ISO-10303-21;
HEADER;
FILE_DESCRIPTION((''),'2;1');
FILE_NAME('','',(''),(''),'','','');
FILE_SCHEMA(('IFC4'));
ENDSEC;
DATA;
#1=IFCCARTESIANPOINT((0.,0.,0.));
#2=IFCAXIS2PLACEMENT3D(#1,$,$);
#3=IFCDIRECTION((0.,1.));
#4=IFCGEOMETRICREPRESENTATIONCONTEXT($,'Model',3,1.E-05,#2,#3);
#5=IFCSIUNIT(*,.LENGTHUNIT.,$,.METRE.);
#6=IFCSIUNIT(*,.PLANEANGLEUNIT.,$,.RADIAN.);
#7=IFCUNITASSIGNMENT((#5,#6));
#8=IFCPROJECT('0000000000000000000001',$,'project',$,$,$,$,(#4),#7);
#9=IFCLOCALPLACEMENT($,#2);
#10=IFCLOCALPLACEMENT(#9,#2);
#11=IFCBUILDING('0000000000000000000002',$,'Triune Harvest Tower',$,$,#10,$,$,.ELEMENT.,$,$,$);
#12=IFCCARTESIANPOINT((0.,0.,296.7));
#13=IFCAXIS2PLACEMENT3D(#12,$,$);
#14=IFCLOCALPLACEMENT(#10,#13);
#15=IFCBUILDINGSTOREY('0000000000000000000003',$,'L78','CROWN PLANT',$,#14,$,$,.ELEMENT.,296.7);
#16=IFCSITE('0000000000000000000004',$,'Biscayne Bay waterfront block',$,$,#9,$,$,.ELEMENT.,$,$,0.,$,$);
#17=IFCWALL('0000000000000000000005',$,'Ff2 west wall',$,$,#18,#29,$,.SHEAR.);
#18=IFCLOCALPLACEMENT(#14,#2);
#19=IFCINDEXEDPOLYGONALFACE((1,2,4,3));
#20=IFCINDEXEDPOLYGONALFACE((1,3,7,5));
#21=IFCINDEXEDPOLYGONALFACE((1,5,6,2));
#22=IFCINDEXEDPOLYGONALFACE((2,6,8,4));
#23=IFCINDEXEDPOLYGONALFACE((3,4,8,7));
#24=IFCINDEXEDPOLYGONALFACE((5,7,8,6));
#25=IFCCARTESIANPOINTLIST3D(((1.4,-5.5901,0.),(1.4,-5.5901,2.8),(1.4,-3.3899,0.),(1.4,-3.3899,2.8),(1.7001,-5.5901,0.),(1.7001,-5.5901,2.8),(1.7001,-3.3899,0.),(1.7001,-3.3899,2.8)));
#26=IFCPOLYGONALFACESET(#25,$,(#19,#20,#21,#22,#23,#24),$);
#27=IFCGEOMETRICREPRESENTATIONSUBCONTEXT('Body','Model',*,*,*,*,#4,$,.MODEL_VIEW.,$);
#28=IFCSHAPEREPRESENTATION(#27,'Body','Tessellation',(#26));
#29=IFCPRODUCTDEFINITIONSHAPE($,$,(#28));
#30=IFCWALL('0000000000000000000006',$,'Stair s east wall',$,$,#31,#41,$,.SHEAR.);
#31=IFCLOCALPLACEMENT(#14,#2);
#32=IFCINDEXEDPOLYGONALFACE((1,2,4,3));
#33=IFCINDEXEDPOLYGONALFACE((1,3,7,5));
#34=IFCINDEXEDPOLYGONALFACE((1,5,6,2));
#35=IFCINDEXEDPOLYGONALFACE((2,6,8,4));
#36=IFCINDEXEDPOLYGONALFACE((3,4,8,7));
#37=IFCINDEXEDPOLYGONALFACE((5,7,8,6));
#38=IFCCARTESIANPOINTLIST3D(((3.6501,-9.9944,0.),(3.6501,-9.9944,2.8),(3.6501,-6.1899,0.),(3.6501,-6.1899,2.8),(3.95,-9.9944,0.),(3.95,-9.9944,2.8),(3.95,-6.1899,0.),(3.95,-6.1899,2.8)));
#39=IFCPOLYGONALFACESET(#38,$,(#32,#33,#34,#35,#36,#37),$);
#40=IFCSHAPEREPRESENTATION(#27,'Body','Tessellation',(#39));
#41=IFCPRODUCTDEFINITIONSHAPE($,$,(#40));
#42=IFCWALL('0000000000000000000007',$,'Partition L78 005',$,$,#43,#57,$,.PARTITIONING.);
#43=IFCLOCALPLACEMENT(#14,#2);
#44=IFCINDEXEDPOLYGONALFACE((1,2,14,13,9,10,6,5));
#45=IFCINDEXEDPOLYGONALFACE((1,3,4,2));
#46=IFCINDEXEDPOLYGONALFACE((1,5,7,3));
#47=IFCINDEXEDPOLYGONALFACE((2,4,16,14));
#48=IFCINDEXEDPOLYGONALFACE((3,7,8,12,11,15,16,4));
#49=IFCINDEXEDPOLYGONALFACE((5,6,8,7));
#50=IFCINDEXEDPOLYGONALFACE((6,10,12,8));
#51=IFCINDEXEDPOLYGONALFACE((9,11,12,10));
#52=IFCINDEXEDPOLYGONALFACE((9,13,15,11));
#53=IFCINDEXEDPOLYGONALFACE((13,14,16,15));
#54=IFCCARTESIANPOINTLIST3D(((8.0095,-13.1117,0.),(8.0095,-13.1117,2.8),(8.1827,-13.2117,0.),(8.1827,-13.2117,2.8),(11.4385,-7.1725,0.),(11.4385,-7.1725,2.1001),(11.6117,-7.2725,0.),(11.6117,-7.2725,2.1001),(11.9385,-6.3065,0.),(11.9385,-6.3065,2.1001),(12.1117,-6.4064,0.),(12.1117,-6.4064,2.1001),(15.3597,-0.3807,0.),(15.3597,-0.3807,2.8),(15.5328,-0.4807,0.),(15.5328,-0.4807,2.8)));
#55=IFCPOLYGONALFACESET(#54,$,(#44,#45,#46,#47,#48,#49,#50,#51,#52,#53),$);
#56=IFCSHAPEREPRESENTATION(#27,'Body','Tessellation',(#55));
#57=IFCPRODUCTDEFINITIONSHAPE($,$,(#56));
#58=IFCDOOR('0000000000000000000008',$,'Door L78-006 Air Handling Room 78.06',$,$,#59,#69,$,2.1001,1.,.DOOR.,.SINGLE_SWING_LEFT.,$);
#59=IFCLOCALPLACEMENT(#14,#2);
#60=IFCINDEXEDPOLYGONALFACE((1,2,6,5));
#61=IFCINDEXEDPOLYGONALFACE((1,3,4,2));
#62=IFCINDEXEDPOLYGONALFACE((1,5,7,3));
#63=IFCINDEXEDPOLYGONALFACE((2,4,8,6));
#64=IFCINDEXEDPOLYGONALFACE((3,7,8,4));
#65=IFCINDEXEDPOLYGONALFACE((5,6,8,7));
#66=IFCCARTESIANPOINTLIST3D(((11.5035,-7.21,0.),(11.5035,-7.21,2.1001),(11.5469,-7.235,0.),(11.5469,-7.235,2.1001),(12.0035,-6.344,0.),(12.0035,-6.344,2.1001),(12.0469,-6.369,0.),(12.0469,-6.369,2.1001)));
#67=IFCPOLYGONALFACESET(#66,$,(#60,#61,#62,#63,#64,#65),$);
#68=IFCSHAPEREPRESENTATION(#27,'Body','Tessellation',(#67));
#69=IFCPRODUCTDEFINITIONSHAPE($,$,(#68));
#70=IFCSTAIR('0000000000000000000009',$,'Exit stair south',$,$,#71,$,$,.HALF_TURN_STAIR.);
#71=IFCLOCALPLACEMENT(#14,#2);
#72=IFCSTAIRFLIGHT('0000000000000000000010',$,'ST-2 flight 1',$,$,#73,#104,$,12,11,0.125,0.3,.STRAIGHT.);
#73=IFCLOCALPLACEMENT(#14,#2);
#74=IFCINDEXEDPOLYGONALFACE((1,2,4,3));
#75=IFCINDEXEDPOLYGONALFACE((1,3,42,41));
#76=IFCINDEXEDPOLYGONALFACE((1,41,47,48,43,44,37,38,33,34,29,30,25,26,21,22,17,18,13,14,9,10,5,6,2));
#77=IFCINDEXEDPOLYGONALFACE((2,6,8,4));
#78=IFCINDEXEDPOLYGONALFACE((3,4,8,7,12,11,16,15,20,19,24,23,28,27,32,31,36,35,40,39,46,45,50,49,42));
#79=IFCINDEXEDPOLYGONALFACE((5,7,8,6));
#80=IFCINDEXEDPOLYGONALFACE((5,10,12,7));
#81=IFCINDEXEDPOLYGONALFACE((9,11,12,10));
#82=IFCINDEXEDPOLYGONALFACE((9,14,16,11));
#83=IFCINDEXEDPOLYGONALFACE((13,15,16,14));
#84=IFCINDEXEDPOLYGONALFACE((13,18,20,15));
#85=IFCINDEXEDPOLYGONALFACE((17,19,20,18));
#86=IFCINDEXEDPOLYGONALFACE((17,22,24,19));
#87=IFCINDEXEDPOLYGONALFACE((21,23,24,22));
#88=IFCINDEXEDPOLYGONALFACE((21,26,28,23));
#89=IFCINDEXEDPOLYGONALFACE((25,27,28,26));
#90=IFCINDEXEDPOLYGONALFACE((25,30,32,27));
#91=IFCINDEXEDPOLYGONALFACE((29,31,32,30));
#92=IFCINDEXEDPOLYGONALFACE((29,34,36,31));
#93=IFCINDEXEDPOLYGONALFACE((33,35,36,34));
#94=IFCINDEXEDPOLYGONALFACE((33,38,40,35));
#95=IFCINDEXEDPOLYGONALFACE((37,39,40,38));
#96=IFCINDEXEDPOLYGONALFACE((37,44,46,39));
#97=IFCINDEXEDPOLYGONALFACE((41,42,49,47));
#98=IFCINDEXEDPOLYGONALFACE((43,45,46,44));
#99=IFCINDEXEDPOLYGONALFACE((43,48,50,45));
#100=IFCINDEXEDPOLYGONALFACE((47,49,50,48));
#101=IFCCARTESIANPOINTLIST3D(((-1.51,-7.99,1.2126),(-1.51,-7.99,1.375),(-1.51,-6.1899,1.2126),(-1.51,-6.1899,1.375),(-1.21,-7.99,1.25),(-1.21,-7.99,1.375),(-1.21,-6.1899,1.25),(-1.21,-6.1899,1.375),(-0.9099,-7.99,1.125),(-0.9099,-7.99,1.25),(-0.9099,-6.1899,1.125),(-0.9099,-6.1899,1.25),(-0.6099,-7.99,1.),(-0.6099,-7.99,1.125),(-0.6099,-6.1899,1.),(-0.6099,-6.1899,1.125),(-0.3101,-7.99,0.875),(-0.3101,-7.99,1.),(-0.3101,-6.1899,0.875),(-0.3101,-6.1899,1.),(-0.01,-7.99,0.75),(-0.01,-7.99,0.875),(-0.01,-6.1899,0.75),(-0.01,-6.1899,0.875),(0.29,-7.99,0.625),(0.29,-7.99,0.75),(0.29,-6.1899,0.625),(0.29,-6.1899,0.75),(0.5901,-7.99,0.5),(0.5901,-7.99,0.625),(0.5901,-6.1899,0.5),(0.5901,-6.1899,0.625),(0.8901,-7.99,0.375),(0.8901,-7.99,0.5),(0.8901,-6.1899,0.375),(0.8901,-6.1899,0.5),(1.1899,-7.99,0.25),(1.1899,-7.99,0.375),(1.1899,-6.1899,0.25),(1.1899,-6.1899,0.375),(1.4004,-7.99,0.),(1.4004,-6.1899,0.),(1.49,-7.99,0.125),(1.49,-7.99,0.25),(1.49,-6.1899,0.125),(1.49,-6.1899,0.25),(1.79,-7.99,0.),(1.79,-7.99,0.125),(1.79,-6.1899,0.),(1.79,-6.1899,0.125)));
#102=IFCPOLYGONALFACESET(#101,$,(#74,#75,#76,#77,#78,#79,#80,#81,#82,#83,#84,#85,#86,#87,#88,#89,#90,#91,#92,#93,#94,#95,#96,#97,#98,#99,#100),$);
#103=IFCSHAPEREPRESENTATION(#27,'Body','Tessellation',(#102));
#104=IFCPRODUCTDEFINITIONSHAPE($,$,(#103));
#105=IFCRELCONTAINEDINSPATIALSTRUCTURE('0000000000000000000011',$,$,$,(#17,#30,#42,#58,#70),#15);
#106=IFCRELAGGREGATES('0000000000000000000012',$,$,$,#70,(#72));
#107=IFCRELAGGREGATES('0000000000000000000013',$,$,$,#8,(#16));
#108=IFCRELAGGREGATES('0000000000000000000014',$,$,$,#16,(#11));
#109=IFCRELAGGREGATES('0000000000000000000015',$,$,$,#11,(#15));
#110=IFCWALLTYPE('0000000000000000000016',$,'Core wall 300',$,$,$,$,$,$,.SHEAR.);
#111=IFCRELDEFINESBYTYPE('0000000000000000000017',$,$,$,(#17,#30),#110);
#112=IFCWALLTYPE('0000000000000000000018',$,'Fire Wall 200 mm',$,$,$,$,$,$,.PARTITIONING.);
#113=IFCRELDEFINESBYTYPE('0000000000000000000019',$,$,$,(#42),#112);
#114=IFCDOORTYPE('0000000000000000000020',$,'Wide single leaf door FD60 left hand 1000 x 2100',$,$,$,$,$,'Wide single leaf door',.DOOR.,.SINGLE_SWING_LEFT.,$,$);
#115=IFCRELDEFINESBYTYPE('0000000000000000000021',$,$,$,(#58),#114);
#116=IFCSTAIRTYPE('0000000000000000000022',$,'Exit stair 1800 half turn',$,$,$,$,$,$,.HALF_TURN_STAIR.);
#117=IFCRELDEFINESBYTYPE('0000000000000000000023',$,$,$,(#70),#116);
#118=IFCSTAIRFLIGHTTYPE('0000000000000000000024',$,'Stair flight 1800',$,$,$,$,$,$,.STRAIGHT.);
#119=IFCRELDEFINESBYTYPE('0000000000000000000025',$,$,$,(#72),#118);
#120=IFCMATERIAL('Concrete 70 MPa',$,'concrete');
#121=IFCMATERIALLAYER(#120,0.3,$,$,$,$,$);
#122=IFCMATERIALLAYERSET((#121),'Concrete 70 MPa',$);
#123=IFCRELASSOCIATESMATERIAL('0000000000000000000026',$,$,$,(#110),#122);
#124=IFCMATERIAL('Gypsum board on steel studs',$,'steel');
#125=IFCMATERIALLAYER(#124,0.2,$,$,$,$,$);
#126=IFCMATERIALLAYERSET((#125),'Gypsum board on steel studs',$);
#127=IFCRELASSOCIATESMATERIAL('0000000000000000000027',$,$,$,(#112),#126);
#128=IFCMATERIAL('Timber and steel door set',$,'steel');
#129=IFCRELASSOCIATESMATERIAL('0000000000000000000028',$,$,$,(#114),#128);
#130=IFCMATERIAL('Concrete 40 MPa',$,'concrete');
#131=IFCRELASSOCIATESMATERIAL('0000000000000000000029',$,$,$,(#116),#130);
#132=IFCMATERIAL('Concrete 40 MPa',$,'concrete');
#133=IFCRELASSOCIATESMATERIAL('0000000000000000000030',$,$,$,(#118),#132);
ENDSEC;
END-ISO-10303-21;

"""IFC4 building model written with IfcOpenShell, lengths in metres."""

from ifc_helpers import new_model, si_unit, direction, frame, frame_2d, origin, place, context, subcontext, project, spatial, polyline, rectangle, outline, extrude, source, transform, mapped, material, layer, layer_set, type_object, element, fill, aggregate, save


model = new_model("IFC4")

# Units and contexts
model_context = context("Model", 3, precision=1e-05, world=origin(), true_north=direction((0.0, 1.0)))
body_context = subcontext(model_context, "Body", "Model", "MODEL_VIEW")
ifc_project = project(units=[si_unit("LENGTHUNIT", "METRE"), si_unit("PLANEANGLEUNIT", "RADIAN")], contexts=[model_context])

# Site, building, storey
site_placement = place(None, origin())
site = spatial("IfcSite", under=ifc_project, at=site_placement, Name="Biscayne Bay waterfront block", CompositionType="ELEMENT", RefElevation=0.0)
building_placement = place(site_placement, origin())
building = spatial("IfcBuilding", under=site, at=building_placement, Name="Triune Harvest Tower", CompositionType="ELEMENT")
storey_placement = place(building_placement, frame((0.0, 0.0, 296.7)))
storey = spatial("IfcBuildingStorey", under=building, at=storey_placement, Name="L78", Description="CROWN PLANT", CompositionType="ELEMENT", Elevation=296.7)

# Shared definitions
ifc_material_1 = material(Name="Concrete 70 MPa", Category="concrete")
ifc_layer_1 = layer(ifc_material_1, 0.3)
ifc_layer_set_1 = layer_set([ifc_layer_1], Name="Concrete 70 MPa")
wall_type_1 = type_object("IfcWallType", Name="Core wall 300", PredefinedType="SHEAR", material=ifc_layer_set_1)

# Walls
shared_shape_1 = source(origin(), body_context, "Body", "SweptSolid", [
    extrude(rectangle(XDim=2.2002, YDim=0.3, at=frame_2d((1.1001, 0.0))), origin(), (0.0, 0.0, 1.0), 2.8),
])
wall_1_placement = place(storey_placement, frame((1.55, -5.5901, 0.0), z_axis=(0.0, 0.0, 1.0), x_axis=(0.0, 1.0, 0.0)))
element("IfcWall", 1, at=wall_1_placement, inside=storey, type_object=wall_type_1, Name="Ff2 west wall", PredefinedType="SHEAR", context=body_context, shape_type="MappedRepresentation", body=[
    mapped(shared_shape_1, transform((0.0, 0.0, 0.0), scale=1.0)),
])
shared_shape_2 = source(origin(), body_context, "Body", "SweptSolid", [
    extrude(outline(polyline([(3.8, -0.1499), (-0.0044, -0.1499), (-0.0044, 0.1499), (3.8, 0.1499), (3.8, -0.1499)])), origin(), (0.0, 0.0, 1.0), 2.8),
])
wall_2_placement = place(storey_placement, frame((3.8, -9.99, 0.0), z_axis=(0.0, 0.0, 1.0), x_axis=(0.0, 1.0, 0.0)))
element("IfcWall", 2, at=wall_2_placement, inside=storey, type_object=wall_type_1, Name="Stair s east wall", PredefinedType="SHEAR", context=body_context, shape_type="MappedRepresentation", body=[
    mapped(shared_shape_2, transform((0.0, 0.0, 0.0), scale=1.0)),
])

# Wall, opening, door
ifc_material_2 = material(Name="Gypsum board on steel studs", Category="steel")
ifc_layer_2 = layer(ifc_material_2, 0.2)
ifc_layer_set_2 = layer_set([ifc_layer_2], Name="Gypsum board on steel studs")
wall_type_2 = type_object("IfcWallType", Name="Fire Wall 200 mm", PredefinedType="PARTITIONING", material=ifc_layer_set_2)
shared_shape_3 = source(origin(), body_context, "Body", "SweptSolid", [
    extrude(rectangle(XDim=14.7004, YDim=0.2, at=frame_2d((7.3501, 0.0))), origin(), (0.0, 0.0, 1.0), 2.8),
])
wall_3_placement = place(storey_placement, frame((8.0962, -13.1616, 0.0), z_axis=(0.0, 0.0, 1.0), x_axis=(0.499994, 0.866029, 0.0)))
wall_3 = element("IfcWall", 3, at=wall_3_placement, inside=storey, type_object=wall_type_2, Name="Partition L78 005", PredefinedType="PARTITIONING", context=body_context, shape_type="MappedRepresentation", body=[
    mapped(shared_shape_3, transform((0.0, 0.0, 0.0), scale=1.0)),
])
opening_1_placement = place(wall_3_placement, frame((6.8579, 0.0, 0.0)))
opening_1 = element("IfcOpeningElement", 4, at=opening_1_placement, cuts=wall_3, PredefinedType="OPENING", context=body_context, shape_type="SweptSolid", body=[
    extrude(rectangle(XDim=1.0, YDim=2.1001, at=frame_2d((0.5, 1.05))), frame((0.0, 0.1099, 0.0), z_axis=(0.0, -1.0, 0.0), x_axis=(1.0, 0.0, 0.0)), (0.0, 0.0, 1.0), 0.22),
])
ifc_material_3 = material(Name="Timber and steel door set", Category="steel")
door_type_1 = type_object("IfcDoorType", Name="Wide single leaf door FD60 left hand 1000 x 2100", ElementType="Wide single leaf door", OperationType="SINGLE_SWING_LEFT", PredefinedType="DOOR", material=ifc_material_3)
door_1_placement = place(opening_1_placement, origin())
door_1 = element("IfcDoor", 5, at=door_1_placement, inside=storey, type_object=door_type_1, Name="Door L78-006 Air Handling Room 78.06", OperationType="SINGLE_SWING_LEFT", OverallHeight=2.1001, OverallWidth=1.0, PredefinedType="DOOR", context=body_context, shape_type="SweptSolid", body=[
    extrude(rectangle(XDim=1.0, YDim=2.1001, at=frame_2d((0.5, 1.05))), frame((0.0, 0.0249, 0.0), z_axis=(0.0, -1.0, 0.0), x_axis=(1.0, 0.0, 0.0)), (0.0, 0.0, 1.0), 0.05),
])
fill(opening_1, door_1)

# Stair, stair flight
ifc_material_4 = material(Name="Concrete 40 MPa", Category="concrete")
stair_type = type_object("IfcStairType", Name="Exit stair 1800 half turn", PredefinedType="HALF_TURN_STAIR", material=ifc_material_4)
stair_placement = place(storey_placement, origin())
stair = element("IfcStair", 6, at=stair_placement, inside=storey, type_object=stair_type, Name="Exit stair south", PredefinedType="HALF_TURN_STAIR")
ifc_material_5 = material(Name="Concrete 40 MPa", Category="concrete")
stair_flight_type = type_object("IfcStairFlightType", Name="Stair flight 1800", PredefinedType="STRAIGHT", material=ifc_material_5)
shared_shape_4 = source(origin(), body_context, "Body", "SweptSolid", [
    extrude(outline(polyline([(0.0, 0.0), (0.0, 0.125), (0.3, 0.125), (0.3, 0.25), (0.6001, 0.25), (0.6001, 0.375), (0.8999, 0.375), (0.8999, 0.5), (1.2, 0.5), (1.2, 0.625), (1.5, 0.625), (1.5, 0.75), (1.8, 0.75), (1.8, 0.875), (2.1001, 0.875), (2.1001, 1.0), (2.3999, 1.0), (2.3999, 1.125), (2.7, 1.125), (2.7, 1.25), (3.0, 1.25), (3.0, 1.375), (3.3, 1.375), (3.3, 1.5), (3.3, 1.2126), (0.3896, 0.0), (0.0, 0.0)])), frame((0.0, 0.8999, 0.0), z_axis=(0.0, -1.0, 0.0), x_axis=(1.0, 0.0, 0.0)), (0.0, 0.0, 1.0), 1.8),
])
stair_flight_placement = place(storey_placement, frame((1.79, -7.0901, 0.0), z_axis=(0.0, 0.0, 1.0), x_axis=(-1.0, 0.0, 0.0)))
stair_flight = element("IfcStairFlight", 7, at=stair_flight_placement, type_object=stair_flight_type, Name="ST-2 flight 1", NumberOfRisers=12, NumberOfTreads=11, PredefinedType="STRAIGHT", RiserHeight=0.125, TreadLength=0.3, context=body_context, shape_type="MappedRepresentation", body=[
    mapped(shared_shape_4, transform((0.0, 0.0, 0.0), scale=1.0)),
])
aggregate(stair, [stair_flight])

save(model, "model.ifc")
